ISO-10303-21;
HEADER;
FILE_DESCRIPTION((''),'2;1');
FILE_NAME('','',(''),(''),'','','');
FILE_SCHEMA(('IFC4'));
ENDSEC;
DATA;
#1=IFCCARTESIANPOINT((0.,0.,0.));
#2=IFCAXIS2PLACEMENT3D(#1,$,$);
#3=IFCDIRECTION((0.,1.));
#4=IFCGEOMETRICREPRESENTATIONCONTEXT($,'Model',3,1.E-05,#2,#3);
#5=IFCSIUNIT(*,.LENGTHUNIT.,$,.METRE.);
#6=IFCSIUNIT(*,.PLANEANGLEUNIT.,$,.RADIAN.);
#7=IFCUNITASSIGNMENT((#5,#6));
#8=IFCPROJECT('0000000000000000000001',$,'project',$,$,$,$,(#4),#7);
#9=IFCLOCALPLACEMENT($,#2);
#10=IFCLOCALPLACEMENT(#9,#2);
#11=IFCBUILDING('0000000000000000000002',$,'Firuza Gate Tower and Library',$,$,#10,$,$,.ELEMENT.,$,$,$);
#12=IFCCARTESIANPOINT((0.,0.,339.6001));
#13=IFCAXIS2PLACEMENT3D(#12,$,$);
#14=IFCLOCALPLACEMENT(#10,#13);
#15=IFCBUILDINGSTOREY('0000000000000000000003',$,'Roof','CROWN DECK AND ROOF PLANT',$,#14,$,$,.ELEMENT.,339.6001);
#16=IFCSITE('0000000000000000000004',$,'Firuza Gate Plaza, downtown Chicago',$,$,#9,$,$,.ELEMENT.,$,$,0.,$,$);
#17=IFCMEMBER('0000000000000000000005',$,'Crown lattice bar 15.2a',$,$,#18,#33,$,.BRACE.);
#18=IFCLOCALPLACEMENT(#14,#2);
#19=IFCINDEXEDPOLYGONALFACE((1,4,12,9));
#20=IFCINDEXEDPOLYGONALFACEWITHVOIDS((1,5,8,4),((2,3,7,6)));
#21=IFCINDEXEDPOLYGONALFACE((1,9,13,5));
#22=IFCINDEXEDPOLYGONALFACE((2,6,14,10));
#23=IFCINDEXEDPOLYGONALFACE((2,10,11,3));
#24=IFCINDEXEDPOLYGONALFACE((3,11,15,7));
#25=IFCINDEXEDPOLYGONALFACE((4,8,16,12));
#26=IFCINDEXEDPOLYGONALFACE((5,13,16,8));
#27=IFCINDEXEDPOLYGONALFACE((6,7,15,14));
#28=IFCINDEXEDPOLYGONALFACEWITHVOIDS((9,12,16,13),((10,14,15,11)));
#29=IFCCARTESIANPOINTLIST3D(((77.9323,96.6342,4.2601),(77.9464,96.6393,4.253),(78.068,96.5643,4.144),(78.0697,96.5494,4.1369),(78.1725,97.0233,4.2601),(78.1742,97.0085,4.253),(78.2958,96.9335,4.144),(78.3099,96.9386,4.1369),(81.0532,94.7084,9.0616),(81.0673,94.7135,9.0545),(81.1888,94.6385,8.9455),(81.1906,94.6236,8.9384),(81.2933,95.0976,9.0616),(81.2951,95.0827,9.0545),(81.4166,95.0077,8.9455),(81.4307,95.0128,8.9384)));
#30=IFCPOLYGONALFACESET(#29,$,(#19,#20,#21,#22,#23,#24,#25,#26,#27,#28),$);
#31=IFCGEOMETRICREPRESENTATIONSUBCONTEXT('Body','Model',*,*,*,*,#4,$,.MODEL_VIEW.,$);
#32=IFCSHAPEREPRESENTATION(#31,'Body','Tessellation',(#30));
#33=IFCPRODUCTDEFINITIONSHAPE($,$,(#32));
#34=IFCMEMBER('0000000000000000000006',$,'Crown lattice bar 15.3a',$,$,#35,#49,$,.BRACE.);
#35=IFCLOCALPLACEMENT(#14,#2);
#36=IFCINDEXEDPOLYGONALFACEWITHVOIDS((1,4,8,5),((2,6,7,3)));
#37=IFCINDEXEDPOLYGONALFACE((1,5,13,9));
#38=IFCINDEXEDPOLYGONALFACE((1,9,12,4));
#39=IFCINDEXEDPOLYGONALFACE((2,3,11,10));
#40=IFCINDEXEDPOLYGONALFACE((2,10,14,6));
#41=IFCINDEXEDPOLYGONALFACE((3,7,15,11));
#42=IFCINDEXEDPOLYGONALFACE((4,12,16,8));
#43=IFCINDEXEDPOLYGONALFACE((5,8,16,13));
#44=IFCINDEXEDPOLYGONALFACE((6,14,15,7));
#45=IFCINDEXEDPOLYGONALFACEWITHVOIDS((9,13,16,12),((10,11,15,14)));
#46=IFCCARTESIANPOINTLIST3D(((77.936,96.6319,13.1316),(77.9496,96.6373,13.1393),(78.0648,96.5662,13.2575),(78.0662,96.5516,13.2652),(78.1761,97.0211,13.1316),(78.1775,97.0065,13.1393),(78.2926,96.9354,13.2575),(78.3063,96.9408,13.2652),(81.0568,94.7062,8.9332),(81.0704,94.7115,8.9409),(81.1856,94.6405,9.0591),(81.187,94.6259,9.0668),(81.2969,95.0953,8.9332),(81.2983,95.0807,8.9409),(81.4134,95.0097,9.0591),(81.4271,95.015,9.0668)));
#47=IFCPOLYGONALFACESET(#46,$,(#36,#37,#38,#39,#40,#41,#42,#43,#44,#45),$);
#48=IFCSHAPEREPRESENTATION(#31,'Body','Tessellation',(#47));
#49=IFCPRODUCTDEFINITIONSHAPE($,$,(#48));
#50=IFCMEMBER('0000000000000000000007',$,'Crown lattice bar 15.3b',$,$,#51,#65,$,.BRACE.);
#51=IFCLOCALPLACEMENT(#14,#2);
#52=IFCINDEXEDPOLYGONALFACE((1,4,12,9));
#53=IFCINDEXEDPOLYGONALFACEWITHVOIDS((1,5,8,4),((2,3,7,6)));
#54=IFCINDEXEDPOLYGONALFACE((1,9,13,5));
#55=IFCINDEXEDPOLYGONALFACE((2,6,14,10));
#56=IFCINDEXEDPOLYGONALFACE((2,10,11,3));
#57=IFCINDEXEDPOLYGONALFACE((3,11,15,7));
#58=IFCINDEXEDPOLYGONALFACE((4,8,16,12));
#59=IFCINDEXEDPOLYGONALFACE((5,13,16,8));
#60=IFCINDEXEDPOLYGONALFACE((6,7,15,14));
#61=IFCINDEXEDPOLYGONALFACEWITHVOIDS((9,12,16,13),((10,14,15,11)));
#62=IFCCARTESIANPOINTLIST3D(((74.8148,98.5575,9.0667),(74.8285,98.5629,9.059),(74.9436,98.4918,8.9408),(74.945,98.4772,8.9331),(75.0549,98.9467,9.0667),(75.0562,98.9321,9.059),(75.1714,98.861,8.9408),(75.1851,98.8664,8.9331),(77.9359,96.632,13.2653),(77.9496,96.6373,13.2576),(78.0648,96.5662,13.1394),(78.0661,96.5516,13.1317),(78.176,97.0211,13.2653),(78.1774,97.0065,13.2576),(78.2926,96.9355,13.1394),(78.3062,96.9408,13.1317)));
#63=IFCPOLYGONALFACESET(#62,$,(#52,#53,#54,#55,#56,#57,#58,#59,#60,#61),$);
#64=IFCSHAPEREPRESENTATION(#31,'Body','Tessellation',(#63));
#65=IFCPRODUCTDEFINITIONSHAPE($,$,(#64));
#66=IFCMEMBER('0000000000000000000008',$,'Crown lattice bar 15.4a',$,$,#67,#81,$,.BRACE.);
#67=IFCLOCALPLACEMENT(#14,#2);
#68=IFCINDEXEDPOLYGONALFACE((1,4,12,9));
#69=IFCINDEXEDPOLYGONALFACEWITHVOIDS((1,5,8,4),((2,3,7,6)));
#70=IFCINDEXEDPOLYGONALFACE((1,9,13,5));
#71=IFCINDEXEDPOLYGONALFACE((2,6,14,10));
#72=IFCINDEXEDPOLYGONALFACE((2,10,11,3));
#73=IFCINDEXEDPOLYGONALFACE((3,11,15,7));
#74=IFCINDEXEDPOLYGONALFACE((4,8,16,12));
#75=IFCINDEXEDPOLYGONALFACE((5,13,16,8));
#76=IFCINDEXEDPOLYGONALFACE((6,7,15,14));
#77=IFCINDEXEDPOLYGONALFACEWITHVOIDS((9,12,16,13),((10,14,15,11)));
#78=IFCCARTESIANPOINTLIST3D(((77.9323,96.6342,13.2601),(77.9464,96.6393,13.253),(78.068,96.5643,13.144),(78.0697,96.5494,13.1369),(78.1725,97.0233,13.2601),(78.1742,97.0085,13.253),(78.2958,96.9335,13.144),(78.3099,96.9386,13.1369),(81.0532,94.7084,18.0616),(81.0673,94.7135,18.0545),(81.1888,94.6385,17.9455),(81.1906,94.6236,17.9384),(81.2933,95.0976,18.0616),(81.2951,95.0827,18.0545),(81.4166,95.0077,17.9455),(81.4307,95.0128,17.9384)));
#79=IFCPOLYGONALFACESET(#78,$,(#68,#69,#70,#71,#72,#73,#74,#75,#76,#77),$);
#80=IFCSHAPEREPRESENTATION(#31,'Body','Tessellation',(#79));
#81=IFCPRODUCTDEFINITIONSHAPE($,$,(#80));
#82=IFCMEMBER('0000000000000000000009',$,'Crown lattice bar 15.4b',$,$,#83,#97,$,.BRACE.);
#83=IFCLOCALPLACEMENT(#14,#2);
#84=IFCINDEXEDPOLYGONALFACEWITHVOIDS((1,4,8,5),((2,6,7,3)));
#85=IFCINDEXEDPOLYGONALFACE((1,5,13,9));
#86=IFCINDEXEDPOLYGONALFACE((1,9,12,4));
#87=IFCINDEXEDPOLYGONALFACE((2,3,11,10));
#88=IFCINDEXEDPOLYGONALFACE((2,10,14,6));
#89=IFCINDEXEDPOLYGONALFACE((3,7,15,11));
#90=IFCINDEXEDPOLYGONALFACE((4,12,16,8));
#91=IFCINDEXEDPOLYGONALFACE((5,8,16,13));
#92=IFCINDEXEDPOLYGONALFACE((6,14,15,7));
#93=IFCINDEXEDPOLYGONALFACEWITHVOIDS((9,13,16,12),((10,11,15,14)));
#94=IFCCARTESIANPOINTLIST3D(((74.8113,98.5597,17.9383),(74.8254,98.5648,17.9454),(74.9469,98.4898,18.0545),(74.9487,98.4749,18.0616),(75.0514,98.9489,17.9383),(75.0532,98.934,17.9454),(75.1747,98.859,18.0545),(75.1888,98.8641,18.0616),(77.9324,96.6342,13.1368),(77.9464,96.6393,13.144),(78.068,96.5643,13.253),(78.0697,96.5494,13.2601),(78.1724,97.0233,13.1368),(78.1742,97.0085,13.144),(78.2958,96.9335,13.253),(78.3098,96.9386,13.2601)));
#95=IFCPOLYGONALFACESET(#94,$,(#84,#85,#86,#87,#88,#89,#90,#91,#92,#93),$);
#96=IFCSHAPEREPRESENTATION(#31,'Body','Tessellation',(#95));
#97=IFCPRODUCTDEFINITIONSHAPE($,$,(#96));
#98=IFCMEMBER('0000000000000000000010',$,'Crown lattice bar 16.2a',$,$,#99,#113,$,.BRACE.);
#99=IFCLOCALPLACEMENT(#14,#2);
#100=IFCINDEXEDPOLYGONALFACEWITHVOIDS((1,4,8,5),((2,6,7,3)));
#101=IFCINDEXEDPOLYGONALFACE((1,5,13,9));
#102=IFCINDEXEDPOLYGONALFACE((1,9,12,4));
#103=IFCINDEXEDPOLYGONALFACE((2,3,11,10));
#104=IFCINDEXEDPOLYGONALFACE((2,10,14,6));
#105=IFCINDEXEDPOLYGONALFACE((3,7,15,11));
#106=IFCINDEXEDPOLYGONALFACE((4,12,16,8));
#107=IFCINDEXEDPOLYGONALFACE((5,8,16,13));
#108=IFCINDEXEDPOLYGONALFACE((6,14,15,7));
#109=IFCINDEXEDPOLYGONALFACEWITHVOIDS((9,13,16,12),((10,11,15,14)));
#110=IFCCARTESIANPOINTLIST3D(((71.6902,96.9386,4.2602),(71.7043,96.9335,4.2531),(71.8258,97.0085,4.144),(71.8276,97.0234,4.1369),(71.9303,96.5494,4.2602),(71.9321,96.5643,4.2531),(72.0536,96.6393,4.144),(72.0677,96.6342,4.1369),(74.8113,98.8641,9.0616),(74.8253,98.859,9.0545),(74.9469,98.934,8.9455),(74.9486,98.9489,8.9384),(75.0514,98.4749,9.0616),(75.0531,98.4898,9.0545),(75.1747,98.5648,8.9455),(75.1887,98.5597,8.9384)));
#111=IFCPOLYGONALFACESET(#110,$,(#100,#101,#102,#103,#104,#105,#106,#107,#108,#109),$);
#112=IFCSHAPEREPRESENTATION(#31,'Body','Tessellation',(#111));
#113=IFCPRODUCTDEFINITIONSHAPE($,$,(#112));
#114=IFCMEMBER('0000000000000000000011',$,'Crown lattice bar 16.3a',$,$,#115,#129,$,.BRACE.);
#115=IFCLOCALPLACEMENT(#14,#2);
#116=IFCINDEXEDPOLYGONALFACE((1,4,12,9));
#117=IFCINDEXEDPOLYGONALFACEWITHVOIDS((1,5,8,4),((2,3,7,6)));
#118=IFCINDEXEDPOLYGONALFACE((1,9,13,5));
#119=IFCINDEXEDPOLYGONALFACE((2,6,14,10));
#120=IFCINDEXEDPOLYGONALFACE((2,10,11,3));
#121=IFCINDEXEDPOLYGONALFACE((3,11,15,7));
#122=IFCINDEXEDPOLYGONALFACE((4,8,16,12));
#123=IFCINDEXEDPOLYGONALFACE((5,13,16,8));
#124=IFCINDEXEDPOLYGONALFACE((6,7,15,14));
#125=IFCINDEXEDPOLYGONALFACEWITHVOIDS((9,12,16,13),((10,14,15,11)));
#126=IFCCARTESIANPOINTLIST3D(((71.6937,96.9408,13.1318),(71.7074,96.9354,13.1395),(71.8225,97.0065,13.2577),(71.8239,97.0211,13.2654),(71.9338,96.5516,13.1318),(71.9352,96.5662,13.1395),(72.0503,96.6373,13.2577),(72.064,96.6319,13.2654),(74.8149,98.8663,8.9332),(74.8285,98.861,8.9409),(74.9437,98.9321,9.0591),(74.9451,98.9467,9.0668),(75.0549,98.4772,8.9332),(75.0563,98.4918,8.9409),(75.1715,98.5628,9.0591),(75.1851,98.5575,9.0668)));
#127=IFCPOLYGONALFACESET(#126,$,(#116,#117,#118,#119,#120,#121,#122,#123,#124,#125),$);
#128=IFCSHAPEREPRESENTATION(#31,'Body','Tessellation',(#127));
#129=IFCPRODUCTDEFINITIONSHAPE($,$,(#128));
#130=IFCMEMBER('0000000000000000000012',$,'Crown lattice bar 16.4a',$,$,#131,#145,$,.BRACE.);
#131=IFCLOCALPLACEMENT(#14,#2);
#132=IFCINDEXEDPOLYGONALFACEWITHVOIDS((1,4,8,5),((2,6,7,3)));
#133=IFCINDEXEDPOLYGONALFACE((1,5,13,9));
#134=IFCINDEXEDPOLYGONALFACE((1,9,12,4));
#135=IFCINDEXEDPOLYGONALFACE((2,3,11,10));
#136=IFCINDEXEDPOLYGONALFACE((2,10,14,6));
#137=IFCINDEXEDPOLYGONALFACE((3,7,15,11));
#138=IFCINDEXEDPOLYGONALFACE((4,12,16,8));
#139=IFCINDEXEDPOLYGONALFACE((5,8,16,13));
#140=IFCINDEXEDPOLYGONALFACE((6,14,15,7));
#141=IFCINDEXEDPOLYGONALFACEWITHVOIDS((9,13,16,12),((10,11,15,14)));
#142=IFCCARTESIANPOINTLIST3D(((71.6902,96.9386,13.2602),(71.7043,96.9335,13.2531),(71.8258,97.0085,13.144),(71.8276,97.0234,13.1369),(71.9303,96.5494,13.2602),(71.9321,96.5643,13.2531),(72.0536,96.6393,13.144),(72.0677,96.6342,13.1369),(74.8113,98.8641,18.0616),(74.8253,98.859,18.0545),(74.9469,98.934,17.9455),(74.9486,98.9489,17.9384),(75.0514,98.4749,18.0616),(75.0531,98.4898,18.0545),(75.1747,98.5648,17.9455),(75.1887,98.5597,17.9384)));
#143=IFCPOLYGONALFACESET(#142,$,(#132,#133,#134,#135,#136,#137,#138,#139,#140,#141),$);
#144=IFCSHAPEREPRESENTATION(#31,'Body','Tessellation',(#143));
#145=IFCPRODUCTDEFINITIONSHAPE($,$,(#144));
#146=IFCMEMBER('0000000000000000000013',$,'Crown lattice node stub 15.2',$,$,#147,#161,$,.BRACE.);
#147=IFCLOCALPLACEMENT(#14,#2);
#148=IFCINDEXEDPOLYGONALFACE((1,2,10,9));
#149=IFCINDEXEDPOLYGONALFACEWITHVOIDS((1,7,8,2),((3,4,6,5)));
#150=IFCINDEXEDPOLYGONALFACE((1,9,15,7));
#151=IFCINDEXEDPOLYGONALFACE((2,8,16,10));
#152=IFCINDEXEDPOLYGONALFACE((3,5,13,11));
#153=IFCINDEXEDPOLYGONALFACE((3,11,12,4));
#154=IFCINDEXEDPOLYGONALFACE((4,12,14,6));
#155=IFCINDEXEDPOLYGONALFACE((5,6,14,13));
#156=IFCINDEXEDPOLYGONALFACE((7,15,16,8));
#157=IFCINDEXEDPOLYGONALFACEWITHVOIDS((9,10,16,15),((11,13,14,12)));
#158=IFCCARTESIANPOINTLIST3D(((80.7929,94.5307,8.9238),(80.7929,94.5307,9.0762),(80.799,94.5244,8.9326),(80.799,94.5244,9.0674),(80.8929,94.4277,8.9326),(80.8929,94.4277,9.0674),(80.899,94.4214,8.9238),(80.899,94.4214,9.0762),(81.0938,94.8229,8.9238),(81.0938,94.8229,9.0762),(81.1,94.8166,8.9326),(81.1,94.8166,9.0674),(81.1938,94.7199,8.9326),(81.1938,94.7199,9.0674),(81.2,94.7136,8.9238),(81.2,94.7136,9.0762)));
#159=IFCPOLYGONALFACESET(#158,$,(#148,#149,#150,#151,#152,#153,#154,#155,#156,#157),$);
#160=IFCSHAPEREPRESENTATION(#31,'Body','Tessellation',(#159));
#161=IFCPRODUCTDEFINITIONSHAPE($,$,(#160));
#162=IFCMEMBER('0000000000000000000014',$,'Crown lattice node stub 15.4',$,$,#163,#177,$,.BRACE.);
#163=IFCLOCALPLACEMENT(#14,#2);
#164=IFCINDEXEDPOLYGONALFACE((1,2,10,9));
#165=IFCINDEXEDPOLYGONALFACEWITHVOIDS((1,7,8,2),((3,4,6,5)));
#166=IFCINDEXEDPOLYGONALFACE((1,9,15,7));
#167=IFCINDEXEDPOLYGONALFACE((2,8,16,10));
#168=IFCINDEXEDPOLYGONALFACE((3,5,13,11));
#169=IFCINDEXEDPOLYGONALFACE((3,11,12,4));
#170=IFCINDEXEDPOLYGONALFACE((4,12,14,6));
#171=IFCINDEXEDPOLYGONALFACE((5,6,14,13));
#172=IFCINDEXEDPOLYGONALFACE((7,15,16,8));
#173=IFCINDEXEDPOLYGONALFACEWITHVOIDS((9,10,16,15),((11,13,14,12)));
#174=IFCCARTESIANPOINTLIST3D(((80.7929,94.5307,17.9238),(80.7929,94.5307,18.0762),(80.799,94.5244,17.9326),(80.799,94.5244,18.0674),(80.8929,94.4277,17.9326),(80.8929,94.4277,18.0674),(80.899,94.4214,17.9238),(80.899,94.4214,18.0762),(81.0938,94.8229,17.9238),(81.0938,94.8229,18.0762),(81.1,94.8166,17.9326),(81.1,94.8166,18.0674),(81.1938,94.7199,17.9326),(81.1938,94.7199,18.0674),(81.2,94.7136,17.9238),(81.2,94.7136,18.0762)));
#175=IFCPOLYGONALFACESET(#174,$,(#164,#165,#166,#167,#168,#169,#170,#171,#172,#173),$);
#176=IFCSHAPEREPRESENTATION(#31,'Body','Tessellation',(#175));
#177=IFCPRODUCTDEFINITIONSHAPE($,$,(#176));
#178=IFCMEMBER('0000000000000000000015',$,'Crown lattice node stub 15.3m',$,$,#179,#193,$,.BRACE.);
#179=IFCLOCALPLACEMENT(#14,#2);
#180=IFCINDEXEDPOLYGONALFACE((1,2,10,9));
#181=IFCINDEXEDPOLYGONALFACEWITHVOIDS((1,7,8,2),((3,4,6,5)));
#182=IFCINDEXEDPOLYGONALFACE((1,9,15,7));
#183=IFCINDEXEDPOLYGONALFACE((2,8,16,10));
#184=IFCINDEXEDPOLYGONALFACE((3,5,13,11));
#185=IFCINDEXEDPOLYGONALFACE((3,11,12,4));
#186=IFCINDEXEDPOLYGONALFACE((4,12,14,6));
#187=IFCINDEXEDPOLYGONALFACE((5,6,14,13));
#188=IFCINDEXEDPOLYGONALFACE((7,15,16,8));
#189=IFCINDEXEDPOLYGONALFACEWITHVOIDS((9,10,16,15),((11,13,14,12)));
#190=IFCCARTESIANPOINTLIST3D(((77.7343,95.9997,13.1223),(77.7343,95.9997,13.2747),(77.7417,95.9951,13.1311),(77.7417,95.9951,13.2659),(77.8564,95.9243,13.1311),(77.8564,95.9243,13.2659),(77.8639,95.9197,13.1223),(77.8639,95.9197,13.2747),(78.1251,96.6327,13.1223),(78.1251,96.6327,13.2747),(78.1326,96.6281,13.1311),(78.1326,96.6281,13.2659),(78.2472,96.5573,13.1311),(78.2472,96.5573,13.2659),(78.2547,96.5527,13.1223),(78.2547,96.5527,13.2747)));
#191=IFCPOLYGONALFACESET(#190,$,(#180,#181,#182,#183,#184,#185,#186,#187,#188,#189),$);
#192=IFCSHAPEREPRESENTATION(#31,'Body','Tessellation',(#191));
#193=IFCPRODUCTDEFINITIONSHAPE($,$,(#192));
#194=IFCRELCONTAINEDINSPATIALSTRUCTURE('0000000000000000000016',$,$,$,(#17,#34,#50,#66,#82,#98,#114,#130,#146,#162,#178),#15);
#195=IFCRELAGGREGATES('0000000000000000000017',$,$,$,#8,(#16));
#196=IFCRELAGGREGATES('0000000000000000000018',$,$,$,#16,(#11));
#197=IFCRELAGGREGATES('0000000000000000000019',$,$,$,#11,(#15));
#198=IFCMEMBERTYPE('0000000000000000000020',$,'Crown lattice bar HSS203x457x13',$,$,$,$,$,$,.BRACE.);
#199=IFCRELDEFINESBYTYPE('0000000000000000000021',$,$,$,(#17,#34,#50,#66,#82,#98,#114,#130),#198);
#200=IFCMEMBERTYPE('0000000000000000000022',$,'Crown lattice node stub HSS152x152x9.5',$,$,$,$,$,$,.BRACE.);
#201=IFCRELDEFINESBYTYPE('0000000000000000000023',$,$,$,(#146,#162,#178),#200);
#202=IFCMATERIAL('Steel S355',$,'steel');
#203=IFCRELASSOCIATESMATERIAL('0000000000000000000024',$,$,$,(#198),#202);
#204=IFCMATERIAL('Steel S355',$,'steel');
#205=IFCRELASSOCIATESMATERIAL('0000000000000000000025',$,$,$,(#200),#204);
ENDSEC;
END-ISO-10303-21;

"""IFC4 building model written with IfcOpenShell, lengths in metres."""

from ifc_helpers import new_model, si_unit, direction, frame, origin, origin_2d, place, context, subcontext, project, spatial, hollow_rectangle, extrude, material, material_profile, profile_set, type_object, element, save


model = new_model("IFC4")

# Units and contexts
model_context = context("Model", 3, precision=1e-05, world=origin(), true_north=direction((0.0, 1.0)))
body_context = subcontext(model_context, "Body", "Model", "MODEL_VIEW")
ifc_project = project(units=[si_unit("LENGTHUNIT", "METRE"), si_unit("PLANEANGLEUNIT", "RADIAN")], contexts=[model_context])

# Site, building, storey
site_placement = place(None, origin())
site = spatial("IfcSite", under=ifc_project, at=site_placement, Name="Firuza Gate Plaza, downtown Chicago", CompositionType="ELEMENT", RefElevation=0.0)
building_placement = place(site_placement, origin())
building = spatial("IfcBuilding", under=site, at=building_placement, Name="Firuza Gate Tower and Library", CompositionType="ELEMENT")
storey_placement = place(building_placement, frame((0.0, 0.0, 339.6001)))
storey = spatial("IfcBuildingStorey", under=building, at=storey_placement, Name="Roof", Description="CROWN DECK AND ROOF PLANT", CompositionType="ELEMENT", Elevation=339.6001)

# Members
ifc_material_1 = material(Name="Steel S355", Category="steel")
ifc_material_profile_1 = material_profile(ifc_material_1, hollow_rectangle(XDim=0.4573, YDim=0.2031, WallThickness=0.0117, at=origin_2d()))
ifc_profile_set_1 = profile_set([ifc_material_profile_1], Name="Steel S355")
member_type_1 = type_object("IfcMemberType", Name="Crown lattice bar HSS203x457x13", PredefinedType="BRACE", material=ifc_profile_set_1)
member_1_placement = place(storey_placement, frame((81.2419, 94.8606, 9.0), z_axis=(-0.516546, 0.318745, -0.794721), x_axis=(-0.525137, -0.851018, 0.0)))
element("IfcMember", 1, at=member_1_placement, inside=storey, type_object=member_type_1, Name="Crown lattice bar 15.2a", PredefinedType="BRACE", context=body_context, shape_type="SweptSolid", body=[
    extrude(hollow_rectangle(XDim=0.4573, YDim=0.2031, WallThickness=0.0117, at=origin_2d()), origin(), (0.0, 0.0, 1.0), 6.0417),
])
member_2_placement = place(storey_placement, frame((81.2419, 94.8606, 9.0), z_axis=(-0.559839, 0.345459, 0.753152), x_axis=(-0.525137, -0.851018, 0.0)))
element("IfcMember", 2, at=member_2_placement, inside=storey, type_object=member_type_1, Name="Crown lattice bar 15.3a", PredefinedType="BRACE", context=body_context, shape_type="SweptSolid", body=[
    extrude(hollow_rectangle(XDim=0.4573, YDim=0.2031, WallThickness=0.0117, at=origin_2d()), origin(), (0.0, 0.0, 1.0), 5.5745),
])
member_3_placement = place(storey_placement, frame((78.1211, 96.7864, 13.1985), z_axis=(-0.559877, 0.345412, -0.753145), x_axis=(-0.525059, -0.851066, 0.0)))
element("IfcMember", 3, at=member_3_placement, inside=storey, type_object=member_type_1, Name="Crown lattice bar 15.3b", PredefinedType="BRACE", context=body_context, shape_type="SweptSolid", body=[
    extrude(hollow_rectangle(XDim=0.4573, YDim=0.2031, WallThickness=0.0117, at=origin_2d()), origin(), (0.0, 0.0, 1.0), 5.5747),
])
for number, where, z_axis, x_axis, name in (
    (4, (81.2419, 94.8606, 18.0), (-0.516546, 0.318745, -0.794721), (-0.525137, -0.851018, 0.0), "Crown lattice bar 15.4a"),
    (5, (78.1211, 96.7864, 13.1985), (-0.516583, 0.318702, 0.794715), (-0.525059, -0.851066, 0.0), "Crown lattice bar 15.4b"),
    (6, (75.0, 98.7119, 9.0), (-0.516583, -0.318702, -0.794715), (0.525059, -0.851066, 0.0), "Crown lattice bar 16.2a"),
):
    element("IfcMember", number, at=place(storey_placement, frame(where, z_axis=z_axis, x_axis=x_axis)), inside=storey, type_object=member_type_1, Name=name, PredefinedType="BRACE", context=body_context, shape_type="SweptSolid", body=[
        extrude(hollow_rectangle(XDim=0.4573, YDim=0.2031, WallThickness=0.0117, at=origin_2d()), origin(), (0.0, 0.0, 1.0), 6.0417),
    ])
member_4_placement = place(storey_placement, frame((75.0, 98.7119, 9.0), z_axis=(-0.559877, -0.345412, 0.753145), x_axis=(0.525059, -0.851066, 0.0)))
element("IfcMember", 7, at=member_4_placement, inside=storey, type_object=member_type_1, Name="Crown lattice bar 16.3a", PredefinedType="BRACE", context=body_context, shape_type="SweptSolid", body=[
    extrude(hollow_rectangle(XDim=0.4573, YDim=0.2031, WallThickness=0.0117, at=origin_2d()), origin(), (0.0, 0.0, 1.0), 5.5747),
])
member_5_placement = place(storey_placement, frame((75.0, 98.7119, 18.0), z_axis=(-0.516583, -0.318702, -0.794715), x_axis=(0.525059, -0.851066, 0.0)))
element("IfcMember", 8, at=member_5_placement, inside=storey, type_object=member_type_1, Name="Crown lattice bar 16.4a", PredefinedType="BRACE", context=body_context, shape_type="SweptSolid", body=[
    extrude(hollow_rectangle(XDim=0.4573, YDim=0.2031, WallThickness=0.0117, at=origin_2d()), origin(), (0.0, 0.0, 1.0), 6.0417),
])
ifc_material_2 = material(Name="Steel S355", Category="steel")
ifc_material_profile_2 = material_profile(ifc_material_2, hollow_rectangle(XDim=0.1523, YDim=0.1523, WallThickness=0.0088, at=origin_2d()))
ifc_profile_set_2 = profile_set([ifc_material_profile_2], Name="Steel S355")
member_type_2 = type_object("IfcMemberType", Name="Crown lattice node stub HSS152x152x9.5", PredefinedType="BRACE", material=ifc_profile_set_2)
for number, where, z_axis, x_axis, name in (
    (9, (80.8459, 94.4761, 9.0), (0.717504, 0.696555, 0.0), (-0.696555, 0.717504, 0.0), "Crown lattice node stub 15.2"),
    (10, (80.8459, 94.4761, 18.0), (0.717504, 0.696555, 0.0), (-0.696555, 0.717504, 0.0), "Crown lattice node stub 15.4"),
):
    element("IfcMember", number, at=place(storey_placement, frame(where, z_axis=z_axis, x_axis=x_axis)), inside=storey, type_object=member_type_2, Name=name, PredefinedType="BRACE", context=body_context, shape_type="SweptSolid", body=[
        extrude(hollow_rectangle(XDim=0.1523, YDim=0.1523, WallThickness=0.0088, at=origin_2d()), origin(), (0.0, 0.0, 1.0), 0.4194),
    ])
member_6_placement = place(storey_placement, frame((77.7991, 95.9597, 13.1985), z_axis=(0.52536, 0.85088, 0.0), x_axis=(-0.85088, 0.52536, 0.0)))
element("IfcMember", 11, at=member_6_placement, inside=storey, type_object=member_type_2, Name="Crown lattice node stub 15.3m", PredefinedType="BRACE", context=body_context, shape_type="SweptSolid", body=[
    extrude(hollow_rectangle(XDim=0.1523, YDim=0.1523, WallThickness=0.0088, at=origin_2d()), origin(), (0.0, 0.0, 1.0), 0.7439),
])

save(model, "model.ifc")
